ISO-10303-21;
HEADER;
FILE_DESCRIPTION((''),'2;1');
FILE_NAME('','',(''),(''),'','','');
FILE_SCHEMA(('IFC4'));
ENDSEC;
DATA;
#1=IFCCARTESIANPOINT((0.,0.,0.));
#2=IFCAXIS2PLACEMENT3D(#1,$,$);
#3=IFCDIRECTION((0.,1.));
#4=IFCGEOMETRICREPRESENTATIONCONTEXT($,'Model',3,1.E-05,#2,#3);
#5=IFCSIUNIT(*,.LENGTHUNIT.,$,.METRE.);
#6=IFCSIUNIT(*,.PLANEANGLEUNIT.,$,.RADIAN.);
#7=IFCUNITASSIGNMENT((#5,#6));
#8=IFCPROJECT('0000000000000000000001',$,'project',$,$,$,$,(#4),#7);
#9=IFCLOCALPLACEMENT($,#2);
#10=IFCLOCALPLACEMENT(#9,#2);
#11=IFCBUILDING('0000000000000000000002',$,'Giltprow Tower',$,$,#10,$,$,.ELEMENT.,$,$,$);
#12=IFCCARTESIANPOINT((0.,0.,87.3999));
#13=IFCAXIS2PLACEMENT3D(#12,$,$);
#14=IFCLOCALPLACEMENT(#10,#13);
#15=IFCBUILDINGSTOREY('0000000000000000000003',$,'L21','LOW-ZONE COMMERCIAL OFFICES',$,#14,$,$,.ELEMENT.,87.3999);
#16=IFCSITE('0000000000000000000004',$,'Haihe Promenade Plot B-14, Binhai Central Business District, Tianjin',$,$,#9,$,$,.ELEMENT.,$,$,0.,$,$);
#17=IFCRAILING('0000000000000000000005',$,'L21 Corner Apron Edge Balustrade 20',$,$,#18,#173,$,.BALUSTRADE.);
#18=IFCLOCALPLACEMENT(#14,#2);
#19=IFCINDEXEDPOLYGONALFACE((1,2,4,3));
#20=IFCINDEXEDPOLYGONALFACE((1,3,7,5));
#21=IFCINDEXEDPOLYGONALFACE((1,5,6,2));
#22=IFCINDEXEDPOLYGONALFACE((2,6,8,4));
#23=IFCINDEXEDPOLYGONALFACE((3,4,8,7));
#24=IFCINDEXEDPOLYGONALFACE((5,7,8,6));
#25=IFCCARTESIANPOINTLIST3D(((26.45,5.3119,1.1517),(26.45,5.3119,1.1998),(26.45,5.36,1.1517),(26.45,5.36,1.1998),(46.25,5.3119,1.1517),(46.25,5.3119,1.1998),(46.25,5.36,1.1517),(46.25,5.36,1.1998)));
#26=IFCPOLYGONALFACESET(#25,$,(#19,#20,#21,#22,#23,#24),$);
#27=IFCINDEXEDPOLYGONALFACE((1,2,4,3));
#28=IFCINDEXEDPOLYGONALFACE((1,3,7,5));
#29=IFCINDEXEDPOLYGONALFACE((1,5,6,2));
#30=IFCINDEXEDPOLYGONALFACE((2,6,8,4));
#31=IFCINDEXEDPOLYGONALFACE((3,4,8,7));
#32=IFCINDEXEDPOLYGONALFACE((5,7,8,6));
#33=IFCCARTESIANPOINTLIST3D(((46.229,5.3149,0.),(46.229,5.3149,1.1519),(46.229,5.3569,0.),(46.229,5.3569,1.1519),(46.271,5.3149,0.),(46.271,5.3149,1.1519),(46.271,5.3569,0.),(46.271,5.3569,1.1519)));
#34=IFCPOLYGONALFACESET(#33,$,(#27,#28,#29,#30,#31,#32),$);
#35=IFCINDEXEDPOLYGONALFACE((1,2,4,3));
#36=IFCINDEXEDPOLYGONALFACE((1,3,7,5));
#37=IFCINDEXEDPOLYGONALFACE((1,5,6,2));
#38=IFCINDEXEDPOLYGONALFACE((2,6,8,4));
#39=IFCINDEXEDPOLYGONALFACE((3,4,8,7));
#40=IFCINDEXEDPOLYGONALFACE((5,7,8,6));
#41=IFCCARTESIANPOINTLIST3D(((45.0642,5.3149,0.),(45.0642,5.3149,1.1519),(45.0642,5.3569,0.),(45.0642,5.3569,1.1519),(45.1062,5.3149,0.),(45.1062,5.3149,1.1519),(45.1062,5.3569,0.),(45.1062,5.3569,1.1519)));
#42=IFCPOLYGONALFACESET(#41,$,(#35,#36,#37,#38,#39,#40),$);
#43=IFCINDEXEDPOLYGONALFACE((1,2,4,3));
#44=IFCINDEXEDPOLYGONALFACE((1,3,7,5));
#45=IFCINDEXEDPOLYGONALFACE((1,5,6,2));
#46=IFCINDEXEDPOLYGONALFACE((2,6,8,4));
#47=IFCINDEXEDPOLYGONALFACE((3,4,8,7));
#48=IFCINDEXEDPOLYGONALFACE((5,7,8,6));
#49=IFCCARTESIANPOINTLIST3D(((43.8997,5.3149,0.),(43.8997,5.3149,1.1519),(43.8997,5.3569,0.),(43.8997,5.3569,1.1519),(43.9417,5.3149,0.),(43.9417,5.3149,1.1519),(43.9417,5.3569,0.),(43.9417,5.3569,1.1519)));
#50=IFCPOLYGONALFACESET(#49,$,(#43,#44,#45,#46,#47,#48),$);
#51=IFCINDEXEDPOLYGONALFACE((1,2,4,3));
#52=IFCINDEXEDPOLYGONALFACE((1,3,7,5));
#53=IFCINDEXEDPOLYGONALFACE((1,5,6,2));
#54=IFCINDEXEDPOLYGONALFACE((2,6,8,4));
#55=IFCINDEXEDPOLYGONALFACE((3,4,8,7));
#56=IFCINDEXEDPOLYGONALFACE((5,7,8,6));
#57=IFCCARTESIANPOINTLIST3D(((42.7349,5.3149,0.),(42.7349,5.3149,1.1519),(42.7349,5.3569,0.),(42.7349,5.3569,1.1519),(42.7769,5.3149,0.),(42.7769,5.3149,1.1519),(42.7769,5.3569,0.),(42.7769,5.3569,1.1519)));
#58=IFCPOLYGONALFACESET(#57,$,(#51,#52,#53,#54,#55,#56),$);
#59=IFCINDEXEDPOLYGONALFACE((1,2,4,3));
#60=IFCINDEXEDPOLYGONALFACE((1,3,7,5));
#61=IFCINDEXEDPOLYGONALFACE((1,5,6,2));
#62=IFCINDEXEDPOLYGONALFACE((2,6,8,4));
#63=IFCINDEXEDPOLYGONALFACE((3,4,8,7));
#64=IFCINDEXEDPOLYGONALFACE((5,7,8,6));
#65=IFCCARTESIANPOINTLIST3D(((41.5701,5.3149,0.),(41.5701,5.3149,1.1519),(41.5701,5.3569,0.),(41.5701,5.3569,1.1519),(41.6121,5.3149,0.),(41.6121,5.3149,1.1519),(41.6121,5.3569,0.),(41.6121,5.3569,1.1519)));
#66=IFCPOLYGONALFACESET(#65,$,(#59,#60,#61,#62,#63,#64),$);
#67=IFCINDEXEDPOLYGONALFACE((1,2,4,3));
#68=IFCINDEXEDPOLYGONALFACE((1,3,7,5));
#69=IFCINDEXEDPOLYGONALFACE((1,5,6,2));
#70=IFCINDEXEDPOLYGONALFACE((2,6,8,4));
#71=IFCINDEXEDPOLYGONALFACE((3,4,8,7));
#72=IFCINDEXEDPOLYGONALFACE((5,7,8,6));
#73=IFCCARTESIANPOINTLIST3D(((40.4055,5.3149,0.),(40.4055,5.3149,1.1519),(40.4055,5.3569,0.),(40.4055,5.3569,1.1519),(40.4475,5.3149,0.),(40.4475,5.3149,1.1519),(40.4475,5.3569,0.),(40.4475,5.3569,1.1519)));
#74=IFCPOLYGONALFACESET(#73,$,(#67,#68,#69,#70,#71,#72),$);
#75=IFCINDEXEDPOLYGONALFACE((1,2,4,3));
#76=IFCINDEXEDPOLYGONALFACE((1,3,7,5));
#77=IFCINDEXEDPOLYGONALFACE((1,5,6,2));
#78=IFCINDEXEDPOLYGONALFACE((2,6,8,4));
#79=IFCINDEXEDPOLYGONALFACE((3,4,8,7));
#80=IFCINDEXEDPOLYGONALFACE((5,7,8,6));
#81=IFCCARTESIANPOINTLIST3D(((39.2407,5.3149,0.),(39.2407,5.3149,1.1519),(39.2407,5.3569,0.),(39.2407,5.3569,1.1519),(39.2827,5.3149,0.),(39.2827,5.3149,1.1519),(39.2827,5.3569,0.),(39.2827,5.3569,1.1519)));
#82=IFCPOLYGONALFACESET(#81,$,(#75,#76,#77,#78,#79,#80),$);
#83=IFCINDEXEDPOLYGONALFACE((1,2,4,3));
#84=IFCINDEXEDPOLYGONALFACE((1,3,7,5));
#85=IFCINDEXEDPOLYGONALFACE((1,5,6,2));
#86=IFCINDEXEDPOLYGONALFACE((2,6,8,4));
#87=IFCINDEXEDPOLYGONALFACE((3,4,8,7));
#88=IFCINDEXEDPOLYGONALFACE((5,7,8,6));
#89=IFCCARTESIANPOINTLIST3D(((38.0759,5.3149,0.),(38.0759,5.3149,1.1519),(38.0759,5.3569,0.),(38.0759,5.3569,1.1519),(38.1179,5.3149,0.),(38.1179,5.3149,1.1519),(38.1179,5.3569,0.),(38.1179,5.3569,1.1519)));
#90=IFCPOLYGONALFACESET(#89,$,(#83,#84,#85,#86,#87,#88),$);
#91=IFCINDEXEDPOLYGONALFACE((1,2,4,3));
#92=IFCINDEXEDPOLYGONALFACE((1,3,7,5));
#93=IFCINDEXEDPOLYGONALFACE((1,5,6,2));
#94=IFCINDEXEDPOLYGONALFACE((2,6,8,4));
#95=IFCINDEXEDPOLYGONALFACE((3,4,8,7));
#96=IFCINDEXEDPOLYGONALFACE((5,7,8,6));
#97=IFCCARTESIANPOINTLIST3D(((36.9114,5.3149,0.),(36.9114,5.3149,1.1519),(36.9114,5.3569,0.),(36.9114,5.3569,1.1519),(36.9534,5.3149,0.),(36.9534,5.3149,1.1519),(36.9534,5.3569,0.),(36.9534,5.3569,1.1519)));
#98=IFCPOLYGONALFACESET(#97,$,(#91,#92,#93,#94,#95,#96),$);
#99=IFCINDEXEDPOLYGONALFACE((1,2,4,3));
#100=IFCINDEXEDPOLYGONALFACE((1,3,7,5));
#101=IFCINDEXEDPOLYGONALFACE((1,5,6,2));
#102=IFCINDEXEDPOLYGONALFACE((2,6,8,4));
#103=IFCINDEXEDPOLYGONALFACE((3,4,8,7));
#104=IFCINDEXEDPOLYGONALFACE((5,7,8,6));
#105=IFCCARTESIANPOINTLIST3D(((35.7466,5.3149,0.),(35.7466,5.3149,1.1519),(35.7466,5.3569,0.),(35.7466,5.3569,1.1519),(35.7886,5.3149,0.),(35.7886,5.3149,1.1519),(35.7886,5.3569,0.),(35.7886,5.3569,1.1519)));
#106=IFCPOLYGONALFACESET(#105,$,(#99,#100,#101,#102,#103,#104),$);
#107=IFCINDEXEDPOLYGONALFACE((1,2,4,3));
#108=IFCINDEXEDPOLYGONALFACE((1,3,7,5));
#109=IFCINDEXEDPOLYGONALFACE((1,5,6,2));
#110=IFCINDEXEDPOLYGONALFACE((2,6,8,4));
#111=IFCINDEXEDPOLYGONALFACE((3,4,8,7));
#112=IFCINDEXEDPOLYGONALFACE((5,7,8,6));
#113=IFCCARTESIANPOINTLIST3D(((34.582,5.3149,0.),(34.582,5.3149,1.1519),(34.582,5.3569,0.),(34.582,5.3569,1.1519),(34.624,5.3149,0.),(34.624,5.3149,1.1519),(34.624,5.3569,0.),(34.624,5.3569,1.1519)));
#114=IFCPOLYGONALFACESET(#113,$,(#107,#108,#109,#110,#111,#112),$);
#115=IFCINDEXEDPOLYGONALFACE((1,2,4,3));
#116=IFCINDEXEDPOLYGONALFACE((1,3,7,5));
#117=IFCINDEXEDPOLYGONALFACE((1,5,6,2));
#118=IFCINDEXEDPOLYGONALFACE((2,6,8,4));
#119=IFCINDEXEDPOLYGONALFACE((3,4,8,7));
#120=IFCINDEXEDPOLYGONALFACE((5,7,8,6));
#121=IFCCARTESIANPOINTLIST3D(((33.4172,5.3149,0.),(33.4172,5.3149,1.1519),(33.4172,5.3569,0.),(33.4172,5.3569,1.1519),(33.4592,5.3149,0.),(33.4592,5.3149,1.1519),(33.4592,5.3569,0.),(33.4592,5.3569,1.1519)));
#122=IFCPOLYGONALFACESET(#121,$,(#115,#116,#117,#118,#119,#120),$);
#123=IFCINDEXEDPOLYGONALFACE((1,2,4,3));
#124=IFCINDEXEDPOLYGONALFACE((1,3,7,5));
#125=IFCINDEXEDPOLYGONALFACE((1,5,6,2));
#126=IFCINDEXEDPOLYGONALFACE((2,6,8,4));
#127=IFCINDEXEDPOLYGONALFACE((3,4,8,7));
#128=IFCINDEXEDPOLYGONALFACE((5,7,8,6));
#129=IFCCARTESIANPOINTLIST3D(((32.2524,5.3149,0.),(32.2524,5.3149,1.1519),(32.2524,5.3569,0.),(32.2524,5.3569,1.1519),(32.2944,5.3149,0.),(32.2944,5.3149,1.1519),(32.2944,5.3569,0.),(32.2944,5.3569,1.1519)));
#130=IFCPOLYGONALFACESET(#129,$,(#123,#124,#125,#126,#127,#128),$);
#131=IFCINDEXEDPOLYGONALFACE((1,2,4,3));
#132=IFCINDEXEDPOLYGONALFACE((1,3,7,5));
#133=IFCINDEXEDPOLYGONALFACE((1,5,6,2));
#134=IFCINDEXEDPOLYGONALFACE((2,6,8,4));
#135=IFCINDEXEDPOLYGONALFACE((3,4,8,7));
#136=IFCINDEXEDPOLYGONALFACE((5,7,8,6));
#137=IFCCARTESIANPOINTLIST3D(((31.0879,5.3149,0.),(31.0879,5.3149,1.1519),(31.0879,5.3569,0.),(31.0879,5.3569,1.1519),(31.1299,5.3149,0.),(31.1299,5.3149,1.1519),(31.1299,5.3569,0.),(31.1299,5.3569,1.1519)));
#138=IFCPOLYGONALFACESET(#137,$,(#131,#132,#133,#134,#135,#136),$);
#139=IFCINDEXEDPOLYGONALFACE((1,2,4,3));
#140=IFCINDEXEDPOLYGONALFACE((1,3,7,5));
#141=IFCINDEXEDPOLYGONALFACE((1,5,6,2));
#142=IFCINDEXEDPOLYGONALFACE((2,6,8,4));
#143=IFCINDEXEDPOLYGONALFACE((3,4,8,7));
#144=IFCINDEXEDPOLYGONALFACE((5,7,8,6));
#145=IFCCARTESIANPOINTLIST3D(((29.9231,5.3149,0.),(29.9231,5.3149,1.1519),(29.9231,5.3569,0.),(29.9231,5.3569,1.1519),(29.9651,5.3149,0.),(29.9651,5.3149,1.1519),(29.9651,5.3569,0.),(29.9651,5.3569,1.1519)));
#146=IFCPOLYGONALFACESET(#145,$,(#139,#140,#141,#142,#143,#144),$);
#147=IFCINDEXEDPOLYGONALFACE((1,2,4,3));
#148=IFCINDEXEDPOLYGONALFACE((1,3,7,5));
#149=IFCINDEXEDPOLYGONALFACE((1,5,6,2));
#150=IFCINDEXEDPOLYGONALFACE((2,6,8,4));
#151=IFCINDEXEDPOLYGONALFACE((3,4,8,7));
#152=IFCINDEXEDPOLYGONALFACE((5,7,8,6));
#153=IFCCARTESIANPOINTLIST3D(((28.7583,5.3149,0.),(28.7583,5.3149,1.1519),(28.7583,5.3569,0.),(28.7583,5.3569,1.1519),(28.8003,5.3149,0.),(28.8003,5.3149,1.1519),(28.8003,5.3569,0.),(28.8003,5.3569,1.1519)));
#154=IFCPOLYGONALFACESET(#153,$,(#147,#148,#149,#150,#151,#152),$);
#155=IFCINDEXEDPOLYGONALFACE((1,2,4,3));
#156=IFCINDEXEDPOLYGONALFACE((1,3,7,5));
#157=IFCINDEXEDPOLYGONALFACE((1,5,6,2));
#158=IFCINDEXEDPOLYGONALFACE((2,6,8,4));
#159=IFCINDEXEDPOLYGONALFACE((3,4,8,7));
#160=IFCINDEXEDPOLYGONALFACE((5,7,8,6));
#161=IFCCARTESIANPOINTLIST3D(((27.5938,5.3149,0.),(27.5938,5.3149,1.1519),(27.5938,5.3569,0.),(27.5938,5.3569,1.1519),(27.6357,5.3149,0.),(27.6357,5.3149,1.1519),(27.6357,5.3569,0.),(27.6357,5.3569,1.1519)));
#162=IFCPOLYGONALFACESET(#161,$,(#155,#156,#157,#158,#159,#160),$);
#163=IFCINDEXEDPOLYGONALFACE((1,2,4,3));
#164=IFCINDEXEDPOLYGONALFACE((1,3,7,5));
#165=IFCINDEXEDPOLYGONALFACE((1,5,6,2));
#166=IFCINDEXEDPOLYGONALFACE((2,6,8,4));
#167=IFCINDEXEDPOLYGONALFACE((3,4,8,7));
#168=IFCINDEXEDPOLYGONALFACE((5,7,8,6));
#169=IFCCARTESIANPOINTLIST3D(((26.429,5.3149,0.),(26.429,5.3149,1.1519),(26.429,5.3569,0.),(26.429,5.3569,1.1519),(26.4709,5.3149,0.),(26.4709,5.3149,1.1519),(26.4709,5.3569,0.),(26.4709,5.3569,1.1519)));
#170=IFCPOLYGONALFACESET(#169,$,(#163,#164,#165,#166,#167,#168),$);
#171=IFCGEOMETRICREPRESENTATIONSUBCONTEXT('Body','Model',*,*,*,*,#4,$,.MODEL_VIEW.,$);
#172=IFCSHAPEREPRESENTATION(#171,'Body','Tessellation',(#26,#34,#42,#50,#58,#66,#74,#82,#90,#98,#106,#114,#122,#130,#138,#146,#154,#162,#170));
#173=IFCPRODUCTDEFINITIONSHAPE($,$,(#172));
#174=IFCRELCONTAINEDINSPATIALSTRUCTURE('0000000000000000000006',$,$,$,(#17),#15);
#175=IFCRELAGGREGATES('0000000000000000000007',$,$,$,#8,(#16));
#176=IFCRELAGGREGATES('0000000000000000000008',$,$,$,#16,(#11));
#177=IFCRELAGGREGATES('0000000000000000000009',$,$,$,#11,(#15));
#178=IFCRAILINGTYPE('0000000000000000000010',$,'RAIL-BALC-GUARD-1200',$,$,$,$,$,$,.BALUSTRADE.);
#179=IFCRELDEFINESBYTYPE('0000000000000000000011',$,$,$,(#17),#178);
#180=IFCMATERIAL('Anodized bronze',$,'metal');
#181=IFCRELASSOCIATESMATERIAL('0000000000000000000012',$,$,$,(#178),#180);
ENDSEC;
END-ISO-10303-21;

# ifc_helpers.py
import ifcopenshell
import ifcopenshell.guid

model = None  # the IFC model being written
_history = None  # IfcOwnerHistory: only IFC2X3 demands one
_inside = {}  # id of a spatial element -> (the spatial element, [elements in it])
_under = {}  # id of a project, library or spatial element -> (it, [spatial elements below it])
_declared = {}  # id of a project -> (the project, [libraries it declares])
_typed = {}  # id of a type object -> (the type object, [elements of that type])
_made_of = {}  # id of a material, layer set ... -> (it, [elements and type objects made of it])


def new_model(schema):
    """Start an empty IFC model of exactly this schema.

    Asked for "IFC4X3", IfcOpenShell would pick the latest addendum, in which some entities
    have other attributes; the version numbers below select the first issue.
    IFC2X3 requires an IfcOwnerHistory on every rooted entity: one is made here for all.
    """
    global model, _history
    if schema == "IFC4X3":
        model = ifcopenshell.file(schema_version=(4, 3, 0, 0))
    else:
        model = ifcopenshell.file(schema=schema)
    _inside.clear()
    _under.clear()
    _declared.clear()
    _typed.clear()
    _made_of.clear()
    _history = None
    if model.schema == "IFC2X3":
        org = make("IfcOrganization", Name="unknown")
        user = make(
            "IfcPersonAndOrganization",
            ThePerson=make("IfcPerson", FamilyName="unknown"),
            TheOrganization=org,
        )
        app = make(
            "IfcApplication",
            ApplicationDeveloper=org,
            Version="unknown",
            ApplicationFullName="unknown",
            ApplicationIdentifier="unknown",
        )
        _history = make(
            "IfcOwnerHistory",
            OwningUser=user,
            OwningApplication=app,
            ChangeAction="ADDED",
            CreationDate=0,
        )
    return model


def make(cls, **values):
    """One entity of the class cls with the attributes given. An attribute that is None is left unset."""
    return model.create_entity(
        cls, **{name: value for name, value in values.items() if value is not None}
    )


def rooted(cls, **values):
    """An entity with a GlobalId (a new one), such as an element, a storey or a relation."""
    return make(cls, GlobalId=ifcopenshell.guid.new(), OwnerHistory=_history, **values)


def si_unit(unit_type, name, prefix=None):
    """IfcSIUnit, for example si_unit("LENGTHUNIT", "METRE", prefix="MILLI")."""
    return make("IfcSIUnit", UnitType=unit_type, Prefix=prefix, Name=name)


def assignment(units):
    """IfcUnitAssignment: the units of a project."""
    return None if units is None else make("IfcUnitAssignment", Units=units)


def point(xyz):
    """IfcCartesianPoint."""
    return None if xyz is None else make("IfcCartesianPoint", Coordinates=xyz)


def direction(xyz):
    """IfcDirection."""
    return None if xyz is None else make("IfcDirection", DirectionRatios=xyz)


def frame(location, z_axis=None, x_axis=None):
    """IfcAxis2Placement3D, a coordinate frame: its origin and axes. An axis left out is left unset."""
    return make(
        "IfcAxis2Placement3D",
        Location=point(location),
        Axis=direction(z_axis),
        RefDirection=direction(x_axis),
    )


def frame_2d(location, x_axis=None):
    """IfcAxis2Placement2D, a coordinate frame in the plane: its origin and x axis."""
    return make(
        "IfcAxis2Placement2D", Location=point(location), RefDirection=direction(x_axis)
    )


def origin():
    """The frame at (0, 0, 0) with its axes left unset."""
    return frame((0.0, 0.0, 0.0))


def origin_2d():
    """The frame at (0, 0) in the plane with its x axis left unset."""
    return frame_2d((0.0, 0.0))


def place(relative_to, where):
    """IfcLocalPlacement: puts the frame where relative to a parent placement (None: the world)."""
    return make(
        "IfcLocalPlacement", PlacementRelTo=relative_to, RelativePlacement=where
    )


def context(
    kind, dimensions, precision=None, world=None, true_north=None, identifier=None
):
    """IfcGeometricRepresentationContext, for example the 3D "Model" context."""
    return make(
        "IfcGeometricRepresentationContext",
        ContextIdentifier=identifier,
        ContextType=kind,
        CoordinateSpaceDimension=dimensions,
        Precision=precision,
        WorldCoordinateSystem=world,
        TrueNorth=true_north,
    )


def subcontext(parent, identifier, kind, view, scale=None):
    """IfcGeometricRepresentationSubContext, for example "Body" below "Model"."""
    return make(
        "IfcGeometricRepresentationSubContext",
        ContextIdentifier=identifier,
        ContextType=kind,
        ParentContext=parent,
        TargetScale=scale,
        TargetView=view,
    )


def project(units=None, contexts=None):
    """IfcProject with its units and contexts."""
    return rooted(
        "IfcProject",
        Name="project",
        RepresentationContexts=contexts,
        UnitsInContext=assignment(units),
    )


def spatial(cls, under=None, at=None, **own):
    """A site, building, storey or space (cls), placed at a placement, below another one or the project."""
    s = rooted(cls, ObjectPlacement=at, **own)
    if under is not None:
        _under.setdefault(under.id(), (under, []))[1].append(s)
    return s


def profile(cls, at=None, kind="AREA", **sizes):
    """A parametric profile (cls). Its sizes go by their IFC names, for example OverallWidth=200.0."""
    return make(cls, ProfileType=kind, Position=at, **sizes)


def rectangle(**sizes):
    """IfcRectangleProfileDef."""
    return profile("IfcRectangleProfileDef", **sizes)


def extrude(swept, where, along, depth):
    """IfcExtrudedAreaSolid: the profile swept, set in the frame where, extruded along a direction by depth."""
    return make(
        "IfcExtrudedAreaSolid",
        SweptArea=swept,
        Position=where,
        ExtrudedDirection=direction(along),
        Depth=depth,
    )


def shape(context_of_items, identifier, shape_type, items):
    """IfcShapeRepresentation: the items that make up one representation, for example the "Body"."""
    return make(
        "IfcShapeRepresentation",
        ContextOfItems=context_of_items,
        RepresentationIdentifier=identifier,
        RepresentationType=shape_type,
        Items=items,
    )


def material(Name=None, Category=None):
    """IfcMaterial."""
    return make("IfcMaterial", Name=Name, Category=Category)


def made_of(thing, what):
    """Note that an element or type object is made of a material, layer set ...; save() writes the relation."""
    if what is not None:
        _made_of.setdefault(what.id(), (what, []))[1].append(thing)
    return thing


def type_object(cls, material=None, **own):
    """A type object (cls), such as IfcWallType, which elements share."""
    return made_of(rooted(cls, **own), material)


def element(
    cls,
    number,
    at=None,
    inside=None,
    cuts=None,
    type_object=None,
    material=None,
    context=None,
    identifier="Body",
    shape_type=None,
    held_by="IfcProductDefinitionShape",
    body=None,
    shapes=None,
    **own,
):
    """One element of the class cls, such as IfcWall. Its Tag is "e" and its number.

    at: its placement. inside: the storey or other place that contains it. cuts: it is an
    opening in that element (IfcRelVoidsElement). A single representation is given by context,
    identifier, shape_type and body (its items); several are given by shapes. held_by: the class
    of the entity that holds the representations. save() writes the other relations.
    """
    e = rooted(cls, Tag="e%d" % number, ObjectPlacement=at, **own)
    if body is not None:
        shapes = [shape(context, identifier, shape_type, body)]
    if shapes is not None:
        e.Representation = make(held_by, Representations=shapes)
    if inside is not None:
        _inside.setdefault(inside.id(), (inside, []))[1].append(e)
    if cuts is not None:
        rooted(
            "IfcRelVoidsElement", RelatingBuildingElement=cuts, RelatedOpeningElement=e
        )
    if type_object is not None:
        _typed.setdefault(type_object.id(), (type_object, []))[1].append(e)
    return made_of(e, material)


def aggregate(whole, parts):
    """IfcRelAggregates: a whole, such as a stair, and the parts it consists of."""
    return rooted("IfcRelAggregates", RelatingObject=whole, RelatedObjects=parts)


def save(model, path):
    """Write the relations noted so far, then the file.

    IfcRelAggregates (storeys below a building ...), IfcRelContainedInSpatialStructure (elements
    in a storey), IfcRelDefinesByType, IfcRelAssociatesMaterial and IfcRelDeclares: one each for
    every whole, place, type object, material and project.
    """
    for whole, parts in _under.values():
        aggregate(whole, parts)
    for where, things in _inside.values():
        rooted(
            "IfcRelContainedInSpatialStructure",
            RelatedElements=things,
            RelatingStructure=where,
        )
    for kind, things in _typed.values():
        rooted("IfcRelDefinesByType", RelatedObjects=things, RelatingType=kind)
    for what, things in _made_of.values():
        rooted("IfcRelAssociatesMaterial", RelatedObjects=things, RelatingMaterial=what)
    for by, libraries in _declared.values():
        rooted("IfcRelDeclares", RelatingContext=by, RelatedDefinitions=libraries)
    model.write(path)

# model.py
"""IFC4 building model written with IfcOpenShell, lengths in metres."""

from ifc_helpers import new_model, si_unit, direction, frame, origin, origin_2d, place, context, subcontext, project, spatial, rectangle, extrude, material, type_object, element, save


model = new_model("IFC4")

# Units and contexts
model_context = context("Model", 3, precision=1e-05, world=origin(), true_north=direction((0.0, 1.0)))
body_context = subcontext(model_context, "Body", "Model", "MODEL_VIEW")
ifc_project = project(units=[si_unit("LENGTHUNIT", "METRE"), si_unit("PLANEANGLEUNIT", "RADIAN")], contexts=[model_context])

# Site, building, storey
site_placement = place(None, origin())
site = spatial("IfcSite", under=ifc_project, at=site_placement, Name="Haihe Promenade Plot B-14, Binhai Central Business District, Tianjin", CompositionType="ELEMENT", RefElevation=0.0)
building_placement = place(site_placement, origin())
building = spatial("IfcBuilding", under=site, at=building_placement, Name="Giltprow Tower", CompositionType="ELEMENT")
storey_placement = place(building_placement, frame((0.0, 0.0, 87.3999)))
storey = spatial("IfcBuildingStorey", under=building, at=storey_placement, Name="L21", Description="LOW-ZONE COMMERCIAL OFFICES", CompositionType="ELEMENT", Elevation=87.3999)

# Shared definitions
ifc_material_1 = material(Name="Anodized bronze", Category="metal")

# Railing
railing_type = type_object("IfcRailingType", Name="RAIL-BALC-GUARD-1200", PredefinedType="BALUSTRADE", material=ifc_material_1)
railing_1_placement = place(storey_placement, frame((46.25, 5.3359, 0.0)))
element("IfcRailing", 1, at=railing_1_placement, inside=storey, type_object=railing_type, Name="L21 Corner Apron Edge Balustrade 20", PredefinedType="BALUSTRADE", context=body_context, shape_type="SweptSolid", body=[
    extrude(rectangle(XDim=0.0481, YDim=0.0481, at=origin_2d()), frame((0.0, 0.0, 1.1758), z_axis=(-1.0, 0.0, 0.0), x_axis=(0.0, -1.0, 0.0)), (0.0, 0.0, 1.0), 19.8),
    extrude(rectangle(XDim=0.042, YDim=0.042, at=origin_2d()), origin(), (0.0, 0.0, 1.0), 1.1519),
    extrude(rectangle(XDim=0.042, YDim=0.042, at=origin_2d()), frame((-1.1648, 0.0, 0.0)), (0.0, 0.0, 1.0), 1.1519),
    extrude(rectangle(XDim=0.042, YDim=0.042, at=origin_2d()), frame((-2.3293, 0.0, 0.0)), (0.0, 0.0, 1.0), 1.1519),
    extrude(rectangle(XDim=0.042, YDim=0.042, at=origin_2d()), frame((-3.4941, 0.0, 0.0)), (0.0, 0.0, 1.0), 1.1519),
    extrude(rectangle(XDim=0.042, YDim=0.042, at=origin_2d()), frame((-4.6589, 0.0, 0.0)), (0.0, 0.0, 1.0), 1.1519),
    extrude(rectangle(XDim=0.042, YDim=0.042, at=origin_2d()), frame((-5.8235, 0.0, 0.0)), (0.0, 0.0, 1.0), 1.1519),
    extrude(rectangle(XDim=0.042, YDim=0.042, at=origin_2d()), frame((-6.9883, 0.0, 0.0)), (0.0, 0.0, 1.0), 1.1519),
    extrude(rectangle(XDim=0.042, YDim=0.042, at=origin_2d()), frame((-8.1531, 0.0, 0.0)), (0.0, 0.0, 1.0), 1.1519),
    extrude(rectangle(XDim=0.042, YDim=0.042, at=origin_2d()), frame((-9.3176, 0.0, 0.0)), (0.0, 0.0, 1.0), 1.1519),
    extrude(rectangle(XDim=0.042, YDim=0.042, at=origin_2d()), frame((-10.4824, 0.0, 0.0)), (0.0, 0.0, 1.0), 1.1519),
    extrude(rectangle(XDim=0.042, YDim=0.042, at=origin_2d()), frame((-11.647, 0.0, 0.0)), (0.0, 0.0, 1.0), 1.1519),
    extrude(rectangle(XDim=0.042, YDim=0.042, at=origin_2d()), frame((-12.8118, 0.0, 0.0)), (0.0, 0.0, 1.0), 1.1519),
    extrude(rectangle(XDim=0.042, YDim=0.042, at=origin_2d()), frame((-13.9766, 0.0, 0.0)), (0.0, 0.0, 1.0), 1.1519),
    extrude(rectangle(XDim=0.042, YDim=0.042, at=origin_2d()), frame((-15.1411, 0.0, 0.0)), (0.0, 0.0, 1.0), 1.1519),
    extrude(rectangle(XDim=0.042, YDim=0.042, at=origin_2d()), frame((-16.3059, 0.0, 0.0)), (0.0, 0.0, 1.0), 1.1519),
    extrude(rectangle(XDim=0.042, YDim=0.042, at=origin_2d()), frame((-17.4707, 0.0, 0.0)), (0.0, 0.0, 1.0), 1.1519),
    extrude(rectangle(XDim=0.042, YDim=0.042, at=origin_2d()), frame((-18.6353, 0.0, 0.0)), (0.0, 0.0, 1.0), 1.1519),
    extrude(rectangle(XDim=0.042, YDim=0.042, at=origin_2d()), frame((-19.8, 0.0, 0.0)), (0.0, 0.0, 1.0), 1.1519),
])

save(model, "model.ifc")
